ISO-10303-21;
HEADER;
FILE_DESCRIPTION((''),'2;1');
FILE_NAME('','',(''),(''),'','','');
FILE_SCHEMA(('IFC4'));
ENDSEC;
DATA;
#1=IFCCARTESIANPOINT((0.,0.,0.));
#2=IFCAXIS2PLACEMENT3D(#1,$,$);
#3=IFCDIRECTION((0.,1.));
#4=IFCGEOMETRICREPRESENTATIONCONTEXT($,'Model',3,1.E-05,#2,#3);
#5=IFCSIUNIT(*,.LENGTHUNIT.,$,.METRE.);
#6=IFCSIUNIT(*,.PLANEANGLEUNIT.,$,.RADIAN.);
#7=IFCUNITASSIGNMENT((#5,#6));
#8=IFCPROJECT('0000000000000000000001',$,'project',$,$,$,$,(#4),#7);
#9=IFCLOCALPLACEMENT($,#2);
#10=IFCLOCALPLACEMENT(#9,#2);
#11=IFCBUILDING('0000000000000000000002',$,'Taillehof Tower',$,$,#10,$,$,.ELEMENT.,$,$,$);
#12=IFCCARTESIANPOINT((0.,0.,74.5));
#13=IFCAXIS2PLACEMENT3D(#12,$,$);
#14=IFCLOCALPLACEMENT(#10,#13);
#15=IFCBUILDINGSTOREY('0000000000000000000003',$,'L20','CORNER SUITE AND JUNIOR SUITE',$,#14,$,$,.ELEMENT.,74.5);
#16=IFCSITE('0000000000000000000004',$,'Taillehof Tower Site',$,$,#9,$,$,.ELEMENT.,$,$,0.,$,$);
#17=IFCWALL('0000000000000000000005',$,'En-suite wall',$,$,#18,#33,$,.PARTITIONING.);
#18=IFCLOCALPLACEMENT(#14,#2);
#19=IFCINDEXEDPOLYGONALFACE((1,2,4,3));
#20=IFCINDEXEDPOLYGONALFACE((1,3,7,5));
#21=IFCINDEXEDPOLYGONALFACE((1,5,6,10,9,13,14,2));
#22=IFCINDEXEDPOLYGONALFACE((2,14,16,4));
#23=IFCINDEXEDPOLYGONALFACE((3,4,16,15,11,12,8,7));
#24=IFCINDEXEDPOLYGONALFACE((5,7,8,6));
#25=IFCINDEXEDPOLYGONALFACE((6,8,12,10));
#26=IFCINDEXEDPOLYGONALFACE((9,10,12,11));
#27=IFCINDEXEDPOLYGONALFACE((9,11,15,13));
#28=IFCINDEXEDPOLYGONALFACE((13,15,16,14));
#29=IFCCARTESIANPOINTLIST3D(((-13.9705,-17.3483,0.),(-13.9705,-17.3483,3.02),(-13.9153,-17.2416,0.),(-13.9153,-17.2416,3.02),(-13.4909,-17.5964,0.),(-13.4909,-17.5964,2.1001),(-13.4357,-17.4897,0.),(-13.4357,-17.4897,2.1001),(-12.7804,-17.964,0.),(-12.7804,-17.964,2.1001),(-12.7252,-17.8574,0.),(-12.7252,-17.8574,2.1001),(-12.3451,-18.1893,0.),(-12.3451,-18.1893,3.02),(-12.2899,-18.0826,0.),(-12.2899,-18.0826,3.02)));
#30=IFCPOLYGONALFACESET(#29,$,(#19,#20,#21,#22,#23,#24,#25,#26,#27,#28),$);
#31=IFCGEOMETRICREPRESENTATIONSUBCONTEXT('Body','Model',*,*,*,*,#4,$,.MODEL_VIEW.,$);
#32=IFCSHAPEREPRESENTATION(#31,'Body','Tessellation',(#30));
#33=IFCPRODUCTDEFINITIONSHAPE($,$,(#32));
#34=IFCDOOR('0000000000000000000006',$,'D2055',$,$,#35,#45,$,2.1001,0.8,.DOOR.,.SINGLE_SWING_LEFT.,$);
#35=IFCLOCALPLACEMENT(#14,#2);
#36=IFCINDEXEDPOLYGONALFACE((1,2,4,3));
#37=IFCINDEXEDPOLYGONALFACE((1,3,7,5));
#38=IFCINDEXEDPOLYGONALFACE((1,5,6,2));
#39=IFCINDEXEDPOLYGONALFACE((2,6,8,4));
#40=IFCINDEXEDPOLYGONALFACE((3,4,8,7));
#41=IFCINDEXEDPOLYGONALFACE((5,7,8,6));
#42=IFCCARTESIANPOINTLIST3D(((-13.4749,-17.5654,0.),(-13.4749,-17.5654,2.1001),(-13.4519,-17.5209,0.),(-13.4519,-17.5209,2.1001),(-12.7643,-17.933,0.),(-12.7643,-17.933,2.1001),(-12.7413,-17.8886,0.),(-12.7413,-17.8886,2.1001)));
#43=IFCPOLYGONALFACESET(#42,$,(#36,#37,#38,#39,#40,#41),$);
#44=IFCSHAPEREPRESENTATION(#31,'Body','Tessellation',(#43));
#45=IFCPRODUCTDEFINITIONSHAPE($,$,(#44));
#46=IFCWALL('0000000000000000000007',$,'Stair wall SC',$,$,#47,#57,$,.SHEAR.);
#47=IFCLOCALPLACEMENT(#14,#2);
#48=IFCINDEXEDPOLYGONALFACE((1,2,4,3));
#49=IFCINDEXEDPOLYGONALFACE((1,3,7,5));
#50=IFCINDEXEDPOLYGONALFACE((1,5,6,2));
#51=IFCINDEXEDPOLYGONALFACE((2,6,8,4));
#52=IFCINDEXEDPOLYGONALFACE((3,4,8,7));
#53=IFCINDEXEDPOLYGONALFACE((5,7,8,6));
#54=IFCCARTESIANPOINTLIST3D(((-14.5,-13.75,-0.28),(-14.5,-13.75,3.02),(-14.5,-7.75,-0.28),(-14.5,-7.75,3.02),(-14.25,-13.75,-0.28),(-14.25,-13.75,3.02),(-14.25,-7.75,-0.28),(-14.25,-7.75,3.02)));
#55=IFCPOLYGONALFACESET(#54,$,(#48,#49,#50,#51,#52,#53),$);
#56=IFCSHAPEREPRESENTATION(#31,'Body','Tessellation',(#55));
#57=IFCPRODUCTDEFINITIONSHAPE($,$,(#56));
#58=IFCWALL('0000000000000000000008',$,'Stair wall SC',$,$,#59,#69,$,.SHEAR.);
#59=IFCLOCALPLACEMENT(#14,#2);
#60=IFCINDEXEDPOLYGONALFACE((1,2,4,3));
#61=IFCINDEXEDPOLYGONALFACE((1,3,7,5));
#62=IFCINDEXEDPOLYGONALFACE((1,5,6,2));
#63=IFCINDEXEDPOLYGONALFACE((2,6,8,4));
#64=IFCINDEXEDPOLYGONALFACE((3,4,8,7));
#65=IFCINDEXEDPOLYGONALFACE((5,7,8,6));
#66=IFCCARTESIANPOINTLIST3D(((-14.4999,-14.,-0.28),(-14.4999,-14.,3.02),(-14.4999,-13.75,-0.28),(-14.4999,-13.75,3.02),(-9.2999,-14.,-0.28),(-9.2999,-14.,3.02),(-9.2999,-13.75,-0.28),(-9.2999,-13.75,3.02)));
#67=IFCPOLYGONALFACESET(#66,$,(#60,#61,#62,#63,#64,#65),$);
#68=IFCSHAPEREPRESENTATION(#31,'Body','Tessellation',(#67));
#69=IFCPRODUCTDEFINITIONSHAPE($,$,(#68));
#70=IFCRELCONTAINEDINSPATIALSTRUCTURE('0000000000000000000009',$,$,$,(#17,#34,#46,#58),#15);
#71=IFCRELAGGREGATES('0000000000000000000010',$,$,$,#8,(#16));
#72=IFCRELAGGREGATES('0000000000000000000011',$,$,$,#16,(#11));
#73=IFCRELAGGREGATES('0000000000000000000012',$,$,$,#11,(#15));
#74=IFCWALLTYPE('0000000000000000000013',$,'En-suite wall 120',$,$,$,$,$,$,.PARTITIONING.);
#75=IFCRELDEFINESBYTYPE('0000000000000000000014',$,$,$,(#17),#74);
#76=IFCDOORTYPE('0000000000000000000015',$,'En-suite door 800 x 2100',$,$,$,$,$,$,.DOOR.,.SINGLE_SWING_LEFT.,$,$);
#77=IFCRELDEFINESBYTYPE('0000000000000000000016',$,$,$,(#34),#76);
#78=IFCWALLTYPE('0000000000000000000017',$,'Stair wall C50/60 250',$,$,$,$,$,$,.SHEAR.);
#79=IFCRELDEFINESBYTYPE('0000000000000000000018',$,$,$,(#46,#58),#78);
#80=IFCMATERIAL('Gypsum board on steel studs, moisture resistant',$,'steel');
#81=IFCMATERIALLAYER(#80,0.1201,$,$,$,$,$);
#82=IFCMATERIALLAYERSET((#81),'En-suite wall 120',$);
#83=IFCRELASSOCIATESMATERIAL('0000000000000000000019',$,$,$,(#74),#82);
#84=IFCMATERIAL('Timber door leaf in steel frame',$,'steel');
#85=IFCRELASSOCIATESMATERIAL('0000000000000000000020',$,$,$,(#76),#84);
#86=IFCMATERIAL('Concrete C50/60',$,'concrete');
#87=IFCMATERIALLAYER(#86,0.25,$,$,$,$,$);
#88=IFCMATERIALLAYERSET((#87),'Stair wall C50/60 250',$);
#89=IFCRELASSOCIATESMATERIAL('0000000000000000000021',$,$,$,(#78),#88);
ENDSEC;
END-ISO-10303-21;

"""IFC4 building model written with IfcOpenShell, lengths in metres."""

from ifc_helpers import new_model, si_unit, direction, frame, frame_2d, origin, place, context, subcontext, project, spatial, rectangle, extrude, material, layer, layer_set, type_object, element, fill, save


model = new_model("IFC4")

# Units and contexts
model_context = context("Model", 3, precision=1e-05, world=origin(), true_north=direction((0.0, 1.0)))
body_context = subcontext(model_context, "Body", "Model", "MODEL_VIEW")
ifc_project = project(units=[si_unit("LENGTHUNIT", "METRE"), si_unit("PLANEANGLEUNIT", "RADIAN")], contexts=[model_context])

# Site, building, storey
site_placement = place(None, origin())
site = spatial("IfcSite", under=ifc_project, at=site_placement, Name="Taillehof Tower Site", CompositionType="ELEMENT", RefElevation=0.0)
building_placement = place(site_placement, origin())
building = spatial("IfcBuilding", under=site, at=building_placement, Name="Taillehof Tower", CompositionType="ELEMENT")
storey_placement = place(building_placement, frame((0.0, 0.0, 74.5)))
storey = spatial("IfcBuildingStorey", under=building, at=storey_placement, Name="L20", Description="CORNER SUITE AND JUNIOR SUITE", CompositionType="ELEMENT", Elevation=74.5)

# Wall, opening, door
ifc_material_1 = material(Name="Gypsum board on steel studs, moisture resistant", Category="steel")
ifc_layer_1 = layer(ifc_material_1, 0.1201)
ifc_layer_set_1 = layer_set([ifc_layer_1], Name="En-suite wall 120")
wall_type_1 = type_object("IfcWallType", Name="En-suite wall 120", PredefinedType="PARTITIONING", material=ifc_layer_set_1)
wall_1_placement = place(storey_placement, frame((-13.9429, -17.2949, 0.0), z_axis=(0.0, 0.0, 1.0), x_axis=(0.888152, -0.45955, 0.0)))
wall_1 = element("IfcWall", 1, at=wall_1_placement, inside=storey, type_object=wall_type_1, Name="En-suite wall", PredefinedType="PARTITIONING", context=body_context, shape_type="SweptSolid", body=[
    extrude(rectangle(XDim=1.8301, YDim=0.1201, at=frame_2d((0.915, 0.0))), origin(), (0.0, 0.0, 1.0), 3.02),
])
opening_1_placement = place(wall_1_placement, frame((0.54, 0.0, 0.0)))
opening_1 = element("IfcOpeningElement", 2, at=opening_1_placement, cuts=wall_1, PredefinedType="OPENING", context=body_context, shape_type="SweptSolid", body=[
    extrude(rectangle(XDim=0.8, YDim=2.1001, at=frame_2d((0.3999, 1.05))), frame((0.0, 0.0701, 0.0), z_axis=(0.0, -1.0, 0.0), x_axis=(1.0, 0.0, 0.0)), (0.0, 0.0, 1.0), 0.1401),
])
ifc_material_2 = material(Name="Timber door leaf in steel frame", Category="steel")
door_type = type_object("IfcDoorType", Name="En-suite door 800 x 2100", OperationType="SINGLE_SWING_LEFT", PredefinedType="DOOR", material=ifc_material_2)
door_placement = place(opening_1_placement, origin())
door = element("IfcDoor", 3, at=door_placement, inside=storey, type_object=door_type, Name="D2055", OperationType="SINGLE_SWING_LEFT", OverallHeight=2.1001, OverallWidth=0.8, PredefinedType="DOOR", context=body_context, shape_type="SweptSolid", body=[
    extrude(rectangle(XDim=0.8, YDim=2.1001, at=frame_2d((0.3999, 1.05))), frame((0.0, 0.0249, 0.0), z_axis=(0.0, -1.0, 0.0), x_axis=(1.0, 0.0, 0.0)), (0.0, 0.0, 1.0), 0.05),
])
fill(opening_1, door)

# Walls
ifc_material_3 = material(Name="Concrete C50/60", Category="concrete")
ifc_layer_2 = layer(ifc_material_3, 0.25)
ifc_layer_set_2 = layer_set([ifc_layer_2], Name="Stair wall C50/60 250")
wall_type_2 = type_object("IfcWallType", Name="Stair wall C50/60 250", PredefinedType="SHEAR", material=ifc_layer_set_2)
wall_2_placement = place(storey_placement, frame((-14.375, -13.75, -0.28), z_axis=(0.0, 0.0, 1.0), x_axis=(0.0, 1.0, 0.0)))
element("IfcWall", 4, at=wall_2_placement, inside=storey, type_object=wall_type_2, Name="Stair wall SC", PredefinedType="SHEAR", context=body_context, shape_type="SweptSolid", body=[
    extrude(rectangle(XDim=6.0, YDim=0.25, at=frame_2d((3.0, 0.0))), origin(), (0.0, 0.0, 1.0), 3.3),
])
wall_3_placement = place(storey_placement, frame((-14.5, -13.875, -0.28), z_axis=(0.0, 0.0, 1.0), x_axis=(1.0, 0.0, 0.0)))
element("IfcWall", 5, at=wall_3_placement, inside=storey, type_object=wall_type_2, Name="Stair wall SC", PredefinedType="SHEAR", context=body_context, shape_type="SweptSolid", body=[
    extrude(rectangle(XDim=5.2, YDim=0.25, at=frame_2d((2.6001, 0.0))), origin(), (0.0, 0.0, 1.0), 3.3),
])

save(model, "model.ifc")
